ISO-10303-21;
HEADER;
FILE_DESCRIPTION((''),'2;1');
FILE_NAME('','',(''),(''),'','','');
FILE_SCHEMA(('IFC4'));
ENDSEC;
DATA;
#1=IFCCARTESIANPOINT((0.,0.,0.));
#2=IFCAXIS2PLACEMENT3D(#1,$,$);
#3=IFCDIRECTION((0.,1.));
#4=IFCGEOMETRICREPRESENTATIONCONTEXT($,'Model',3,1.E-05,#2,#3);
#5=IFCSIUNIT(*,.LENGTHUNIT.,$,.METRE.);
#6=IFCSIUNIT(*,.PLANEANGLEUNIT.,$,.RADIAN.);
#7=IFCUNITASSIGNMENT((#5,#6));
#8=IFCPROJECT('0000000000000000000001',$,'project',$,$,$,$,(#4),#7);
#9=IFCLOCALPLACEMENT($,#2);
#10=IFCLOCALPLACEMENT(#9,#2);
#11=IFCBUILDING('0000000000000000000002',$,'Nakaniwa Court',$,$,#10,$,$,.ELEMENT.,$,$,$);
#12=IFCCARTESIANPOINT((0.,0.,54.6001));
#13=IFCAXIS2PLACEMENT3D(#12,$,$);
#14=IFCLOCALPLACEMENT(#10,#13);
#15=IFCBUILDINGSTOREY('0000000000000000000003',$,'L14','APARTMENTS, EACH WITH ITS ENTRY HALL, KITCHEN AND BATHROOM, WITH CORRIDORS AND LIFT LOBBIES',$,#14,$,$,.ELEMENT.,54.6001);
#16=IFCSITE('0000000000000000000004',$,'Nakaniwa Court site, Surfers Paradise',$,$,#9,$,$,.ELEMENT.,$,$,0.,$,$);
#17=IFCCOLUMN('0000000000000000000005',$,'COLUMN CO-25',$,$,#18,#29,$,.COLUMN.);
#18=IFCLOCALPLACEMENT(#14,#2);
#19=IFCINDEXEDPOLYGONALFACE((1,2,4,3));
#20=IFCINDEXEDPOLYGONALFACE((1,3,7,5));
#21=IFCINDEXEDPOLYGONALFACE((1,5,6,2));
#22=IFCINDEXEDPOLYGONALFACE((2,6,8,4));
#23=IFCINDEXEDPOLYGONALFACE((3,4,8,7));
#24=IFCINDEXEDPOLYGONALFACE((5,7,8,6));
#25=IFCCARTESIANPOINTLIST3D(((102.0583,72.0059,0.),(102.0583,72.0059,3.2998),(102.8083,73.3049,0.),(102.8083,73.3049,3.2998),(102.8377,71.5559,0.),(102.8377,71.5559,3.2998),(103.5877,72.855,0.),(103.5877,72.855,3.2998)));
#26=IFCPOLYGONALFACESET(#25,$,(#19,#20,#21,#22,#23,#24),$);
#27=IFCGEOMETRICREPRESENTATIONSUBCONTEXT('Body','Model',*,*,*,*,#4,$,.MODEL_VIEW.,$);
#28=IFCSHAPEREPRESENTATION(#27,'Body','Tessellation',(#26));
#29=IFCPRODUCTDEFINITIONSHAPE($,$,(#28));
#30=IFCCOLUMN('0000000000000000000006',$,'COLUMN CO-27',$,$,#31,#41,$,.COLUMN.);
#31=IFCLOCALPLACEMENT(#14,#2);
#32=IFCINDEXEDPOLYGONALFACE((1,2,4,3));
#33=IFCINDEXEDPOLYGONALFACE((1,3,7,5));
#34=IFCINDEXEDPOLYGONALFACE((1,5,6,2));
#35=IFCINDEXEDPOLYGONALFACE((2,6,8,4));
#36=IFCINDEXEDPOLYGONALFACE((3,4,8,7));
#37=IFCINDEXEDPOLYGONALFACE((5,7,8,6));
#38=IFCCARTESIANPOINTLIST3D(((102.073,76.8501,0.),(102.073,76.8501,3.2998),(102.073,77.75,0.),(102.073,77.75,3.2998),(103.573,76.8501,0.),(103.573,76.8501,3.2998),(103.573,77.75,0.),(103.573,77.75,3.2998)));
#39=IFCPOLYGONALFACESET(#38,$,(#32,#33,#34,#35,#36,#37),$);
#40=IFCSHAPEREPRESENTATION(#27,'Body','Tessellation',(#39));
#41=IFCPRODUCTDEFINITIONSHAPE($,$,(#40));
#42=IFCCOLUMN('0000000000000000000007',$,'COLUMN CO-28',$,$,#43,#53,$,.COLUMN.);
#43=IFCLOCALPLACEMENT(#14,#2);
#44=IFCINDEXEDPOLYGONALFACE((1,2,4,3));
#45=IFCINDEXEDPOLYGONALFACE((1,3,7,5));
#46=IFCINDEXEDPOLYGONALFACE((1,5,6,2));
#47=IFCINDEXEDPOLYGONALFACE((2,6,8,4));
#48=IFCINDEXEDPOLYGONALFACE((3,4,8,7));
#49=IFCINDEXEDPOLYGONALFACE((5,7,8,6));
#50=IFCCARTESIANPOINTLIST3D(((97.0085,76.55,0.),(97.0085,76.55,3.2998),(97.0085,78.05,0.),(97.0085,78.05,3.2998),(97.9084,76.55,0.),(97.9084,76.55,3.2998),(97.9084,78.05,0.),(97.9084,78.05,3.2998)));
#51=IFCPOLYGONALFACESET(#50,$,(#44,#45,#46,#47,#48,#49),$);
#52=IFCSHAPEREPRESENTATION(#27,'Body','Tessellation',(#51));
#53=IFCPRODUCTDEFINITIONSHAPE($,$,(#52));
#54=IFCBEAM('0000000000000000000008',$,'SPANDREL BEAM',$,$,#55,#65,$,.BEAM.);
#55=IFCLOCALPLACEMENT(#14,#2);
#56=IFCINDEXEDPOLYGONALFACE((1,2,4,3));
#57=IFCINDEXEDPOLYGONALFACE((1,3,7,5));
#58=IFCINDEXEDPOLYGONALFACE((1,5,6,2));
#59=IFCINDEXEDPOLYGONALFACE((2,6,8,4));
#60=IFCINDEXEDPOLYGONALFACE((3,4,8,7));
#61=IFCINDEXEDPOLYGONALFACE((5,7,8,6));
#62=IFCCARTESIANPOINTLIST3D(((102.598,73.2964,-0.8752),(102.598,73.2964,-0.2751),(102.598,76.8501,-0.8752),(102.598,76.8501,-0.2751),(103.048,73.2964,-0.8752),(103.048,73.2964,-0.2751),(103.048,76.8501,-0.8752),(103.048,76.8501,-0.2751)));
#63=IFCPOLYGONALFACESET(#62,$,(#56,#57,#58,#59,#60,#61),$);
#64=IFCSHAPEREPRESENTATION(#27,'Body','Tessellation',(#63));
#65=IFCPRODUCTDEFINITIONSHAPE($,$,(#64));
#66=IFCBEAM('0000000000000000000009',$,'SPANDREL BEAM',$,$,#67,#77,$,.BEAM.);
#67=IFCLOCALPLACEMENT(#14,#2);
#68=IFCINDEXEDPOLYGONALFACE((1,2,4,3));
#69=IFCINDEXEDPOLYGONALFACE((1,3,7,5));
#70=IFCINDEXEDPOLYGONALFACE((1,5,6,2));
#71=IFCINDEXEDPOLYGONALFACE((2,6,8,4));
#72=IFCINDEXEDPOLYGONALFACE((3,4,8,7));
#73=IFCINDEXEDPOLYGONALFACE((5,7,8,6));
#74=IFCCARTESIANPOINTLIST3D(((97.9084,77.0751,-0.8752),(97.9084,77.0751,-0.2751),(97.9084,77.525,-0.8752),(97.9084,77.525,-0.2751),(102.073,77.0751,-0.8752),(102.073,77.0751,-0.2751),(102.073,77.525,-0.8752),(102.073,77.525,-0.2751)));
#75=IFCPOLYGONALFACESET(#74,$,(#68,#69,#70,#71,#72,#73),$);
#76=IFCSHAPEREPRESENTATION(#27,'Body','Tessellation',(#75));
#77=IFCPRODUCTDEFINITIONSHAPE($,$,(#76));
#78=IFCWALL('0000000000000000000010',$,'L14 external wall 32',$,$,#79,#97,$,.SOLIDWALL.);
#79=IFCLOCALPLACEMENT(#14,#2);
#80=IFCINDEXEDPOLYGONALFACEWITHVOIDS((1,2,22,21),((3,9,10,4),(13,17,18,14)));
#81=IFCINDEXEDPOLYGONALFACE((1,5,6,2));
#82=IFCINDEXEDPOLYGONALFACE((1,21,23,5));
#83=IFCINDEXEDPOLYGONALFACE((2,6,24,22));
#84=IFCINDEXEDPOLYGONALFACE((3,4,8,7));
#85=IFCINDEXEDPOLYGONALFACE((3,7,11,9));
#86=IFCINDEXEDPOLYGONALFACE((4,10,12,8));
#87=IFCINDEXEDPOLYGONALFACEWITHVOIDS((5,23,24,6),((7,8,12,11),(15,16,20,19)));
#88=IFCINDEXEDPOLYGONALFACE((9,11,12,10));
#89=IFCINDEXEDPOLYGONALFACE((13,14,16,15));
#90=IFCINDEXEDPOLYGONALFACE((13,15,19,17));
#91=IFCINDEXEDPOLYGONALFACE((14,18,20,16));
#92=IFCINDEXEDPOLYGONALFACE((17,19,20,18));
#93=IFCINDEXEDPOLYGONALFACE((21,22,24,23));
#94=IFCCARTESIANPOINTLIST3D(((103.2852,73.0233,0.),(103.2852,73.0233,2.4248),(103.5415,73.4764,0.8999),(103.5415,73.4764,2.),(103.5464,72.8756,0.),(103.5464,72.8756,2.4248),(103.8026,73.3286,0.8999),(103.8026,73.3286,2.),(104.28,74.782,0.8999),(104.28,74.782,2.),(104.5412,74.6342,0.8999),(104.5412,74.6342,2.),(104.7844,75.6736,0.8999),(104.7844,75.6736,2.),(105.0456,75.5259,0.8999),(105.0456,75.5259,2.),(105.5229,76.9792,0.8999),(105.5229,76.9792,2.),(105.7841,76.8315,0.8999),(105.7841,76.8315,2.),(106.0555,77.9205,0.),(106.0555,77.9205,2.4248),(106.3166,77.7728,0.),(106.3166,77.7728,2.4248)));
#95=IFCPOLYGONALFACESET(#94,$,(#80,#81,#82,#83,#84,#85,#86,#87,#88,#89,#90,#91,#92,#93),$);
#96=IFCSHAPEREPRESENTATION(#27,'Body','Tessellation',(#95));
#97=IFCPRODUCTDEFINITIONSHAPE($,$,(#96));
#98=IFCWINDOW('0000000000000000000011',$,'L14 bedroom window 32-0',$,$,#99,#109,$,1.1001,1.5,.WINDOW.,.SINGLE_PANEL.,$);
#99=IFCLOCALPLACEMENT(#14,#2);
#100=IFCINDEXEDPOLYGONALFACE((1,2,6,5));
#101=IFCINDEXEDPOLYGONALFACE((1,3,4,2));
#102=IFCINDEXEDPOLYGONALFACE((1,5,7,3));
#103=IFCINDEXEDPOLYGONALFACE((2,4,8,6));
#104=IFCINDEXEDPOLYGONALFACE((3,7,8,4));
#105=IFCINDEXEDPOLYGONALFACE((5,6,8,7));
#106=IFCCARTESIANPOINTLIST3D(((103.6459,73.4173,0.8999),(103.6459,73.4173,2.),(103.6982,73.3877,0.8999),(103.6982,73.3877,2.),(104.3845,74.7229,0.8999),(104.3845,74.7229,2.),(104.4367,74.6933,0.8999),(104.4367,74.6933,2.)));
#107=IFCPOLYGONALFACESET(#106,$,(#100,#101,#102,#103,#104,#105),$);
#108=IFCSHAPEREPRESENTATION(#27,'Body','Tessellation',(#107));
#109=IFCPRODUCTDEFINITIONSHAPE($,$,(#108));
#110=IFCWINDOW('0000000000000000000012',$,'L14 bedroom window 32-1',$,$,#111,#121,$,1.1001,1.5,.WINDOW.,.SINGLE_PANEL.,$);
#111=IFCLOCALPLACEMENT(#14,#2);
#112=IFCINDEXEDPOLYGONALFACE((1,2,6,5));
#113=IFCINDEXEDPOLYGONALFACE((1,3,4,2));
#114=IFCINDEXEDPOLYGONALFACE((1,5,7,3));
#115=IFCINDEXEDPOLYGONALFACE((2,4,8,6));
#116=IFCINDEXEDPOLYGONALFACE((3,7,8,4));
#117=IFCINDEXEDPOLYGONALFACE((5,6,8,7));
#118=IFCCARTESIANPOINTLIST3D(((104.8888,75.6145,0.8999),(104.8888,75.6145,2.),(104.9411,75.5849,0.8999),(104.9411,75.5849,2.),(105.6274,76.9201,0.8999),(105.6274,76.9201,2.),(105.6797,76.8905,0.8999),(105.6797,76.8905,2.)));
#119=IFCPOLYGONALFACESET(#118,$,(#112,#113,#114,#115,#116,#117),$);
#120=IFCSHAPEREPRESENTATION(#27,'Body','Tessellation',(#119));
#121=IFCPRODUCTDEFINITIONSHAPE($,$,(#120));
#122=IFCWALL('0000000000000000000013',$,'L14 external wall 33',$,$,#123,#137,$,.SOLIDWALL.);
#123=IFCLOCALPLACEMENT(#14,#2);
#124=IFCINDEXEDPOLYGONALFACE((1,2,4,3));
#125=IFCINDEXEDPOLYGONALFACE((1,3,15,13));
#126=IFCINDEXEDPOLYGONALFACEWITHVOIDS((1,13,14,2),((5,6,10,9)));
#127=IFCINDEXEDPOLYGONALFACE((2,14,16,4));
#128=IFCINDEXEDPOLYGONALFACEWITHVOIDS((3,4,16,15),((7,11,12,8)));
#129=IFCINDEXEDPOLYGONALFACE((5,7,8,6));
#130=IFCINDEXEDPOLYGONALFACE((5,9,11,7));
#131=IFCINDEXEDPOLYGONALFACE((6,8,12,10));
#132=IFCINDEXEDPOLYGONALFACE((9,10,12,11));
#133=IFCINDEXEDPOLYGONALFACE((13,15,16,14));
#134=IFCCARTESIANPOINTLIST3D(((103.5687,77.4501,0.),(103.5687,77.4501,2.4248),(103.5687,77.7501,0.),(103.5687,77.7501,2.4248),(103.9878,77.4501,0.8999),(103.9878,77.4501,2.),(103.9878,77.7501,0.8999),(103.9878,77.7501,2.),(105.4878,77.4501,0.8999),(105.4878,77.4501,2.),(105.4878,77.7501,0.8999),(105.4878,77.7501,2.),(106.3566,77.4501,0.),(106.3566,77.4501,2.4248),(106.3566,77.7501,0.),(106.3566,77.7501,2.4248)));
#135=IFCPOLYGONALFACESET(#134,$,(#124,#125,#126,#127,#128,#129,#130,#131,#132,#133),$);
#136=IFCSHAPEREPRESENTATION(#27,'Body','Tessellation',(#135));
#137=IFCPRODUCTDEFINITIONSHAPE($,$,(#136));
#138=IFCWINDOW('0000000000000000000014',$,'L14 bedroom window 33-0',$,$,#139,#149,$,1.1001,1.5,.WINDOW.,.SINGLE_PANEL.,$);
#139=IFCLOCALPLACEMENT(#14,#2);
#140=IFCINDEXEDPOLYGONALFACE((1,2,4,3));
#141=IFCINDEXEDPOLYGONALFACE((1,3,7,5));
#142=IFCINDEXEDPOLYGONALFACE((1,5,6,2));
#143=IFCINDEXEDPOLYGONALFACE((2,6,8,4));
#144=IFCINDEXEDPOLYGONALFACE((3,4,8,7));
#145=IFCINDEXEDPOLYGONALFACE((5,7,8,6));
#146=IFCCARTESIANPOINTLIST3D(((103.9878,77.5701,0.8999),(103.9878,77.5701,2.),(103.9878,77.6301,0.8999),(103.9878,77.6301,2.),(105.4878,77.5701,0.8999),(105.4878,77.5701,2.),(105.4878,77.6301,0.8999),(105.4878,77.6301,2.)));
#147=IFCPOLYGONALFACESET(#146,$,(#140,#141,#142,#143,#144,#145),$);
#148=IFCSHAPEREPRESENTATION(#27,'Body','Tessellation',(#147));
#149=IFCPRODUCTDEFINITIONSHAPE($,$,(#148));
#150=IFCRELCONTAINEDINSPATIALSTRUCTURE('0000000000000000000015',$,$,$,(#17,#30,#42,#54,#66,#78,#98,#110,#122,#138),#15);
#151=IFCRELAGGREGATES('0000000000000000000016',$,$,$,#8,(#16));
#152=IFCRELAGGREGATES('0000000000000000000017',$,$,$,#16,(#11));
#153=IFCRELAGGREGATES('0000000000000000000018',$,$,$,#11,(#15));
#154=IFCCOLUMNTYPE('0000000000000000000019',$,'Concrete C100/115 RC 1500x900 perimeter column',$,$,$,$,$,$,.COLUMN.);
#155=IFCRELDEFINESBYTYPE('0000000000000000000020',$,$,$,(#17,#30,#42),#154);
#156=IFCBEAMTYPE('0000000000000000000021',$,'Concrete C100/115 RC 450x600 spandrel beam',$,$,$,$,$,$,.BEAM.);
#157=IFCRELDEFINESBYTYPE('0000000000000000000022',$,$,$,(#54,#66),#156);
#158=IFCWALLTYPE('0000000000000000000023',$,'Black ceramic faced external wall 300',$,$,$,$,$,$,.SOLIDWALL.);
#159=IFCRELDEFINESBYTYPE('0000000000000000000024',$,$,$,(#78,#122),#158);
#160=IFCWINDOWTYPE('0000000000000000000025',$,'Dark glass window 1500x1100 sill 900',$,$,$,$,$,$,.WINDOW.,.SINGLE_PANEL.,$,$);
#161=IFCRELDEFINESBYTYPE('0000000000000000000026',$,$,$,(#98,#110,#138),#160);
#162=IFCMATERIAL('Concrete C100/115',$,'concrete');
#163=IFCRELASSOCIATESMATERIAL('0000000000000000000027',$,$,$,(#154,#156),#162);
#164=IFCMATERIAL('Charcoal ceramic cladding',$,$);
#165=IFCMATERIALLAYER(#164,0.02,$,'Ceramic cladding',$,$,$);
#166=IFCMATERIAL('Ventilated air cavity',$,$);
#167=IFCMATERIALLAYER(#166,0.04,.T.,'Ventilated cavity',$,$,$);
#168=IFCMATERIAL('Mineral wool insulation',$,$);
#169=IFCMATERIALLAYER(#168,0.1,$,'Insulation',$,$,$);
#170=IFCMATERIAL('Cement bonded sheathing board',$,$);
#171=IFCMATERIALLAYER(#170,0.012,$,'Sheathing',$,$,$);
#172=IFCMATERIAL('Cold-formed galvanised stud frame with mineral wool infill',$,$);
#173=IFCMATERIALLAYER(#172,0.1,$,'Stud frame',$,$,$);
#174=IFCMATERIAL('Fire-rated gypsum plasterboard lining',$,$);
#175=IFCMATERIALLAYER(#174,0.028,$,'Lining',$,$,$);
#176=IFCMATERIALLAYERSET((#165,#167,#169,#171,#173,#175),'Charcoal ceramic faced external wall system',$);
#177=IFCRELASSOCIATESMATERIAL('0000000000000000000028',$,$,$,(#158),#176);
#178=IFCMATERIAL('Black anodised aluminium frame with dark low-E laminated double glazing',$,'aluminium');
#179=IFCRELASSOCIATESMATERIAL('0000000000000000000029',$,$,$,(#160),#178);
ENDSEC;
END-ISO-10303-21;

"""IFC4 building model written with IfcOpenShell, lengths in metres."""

from ifc_helpers import new_model, si_unit, direction, frame, frame_2d, origin, origin_2d, place, context, subcontext, project, spatial, rectangle, extrude, material, layer, layer_set, material_profile, profile_set, type_object, element, fill, save


model = new_model("IFC4")

# Units and contexts
model_context = context("Model", 3, precision=1e-05, world=origin(), true_north=direction((0.0, 1.0)))
body_context = subcontext(model_context, "Body", "Model", "MODEL_VIEW")
ifc_project = project(units=[si_unit("LENGTHUNIT", "METRE"), si_unit("PLANEANGLEUNIT", "RADIAN")], contexts=[model_context])

# Site, building, storey
site_placement = place(None, origin())
site = spatial("IfcSite", under=ifc_project, at=site_placement, Name="Nakaniwa Court site, Surfers Paradise", CompositionType="ELEMENT", RefElevation=0.0)
building_placement = place(site_placement, origin())
building = spatial("IfcBuilding", under=site, at=building_placement, Name="Nakaniwa Court", CompositionType="ELEMENT")
storey_placement = place(building_placement, frame((0.0, 0.0, 54.6001)))
storey = spatial("IfcBuildingStorey", under=building, at=storey_placement, Name="L14", Description="APARTMENTS, EACH WITH ITS ENTRY HALL, KITCHEN AND BATHROOM, WITH CORRIDORS AND LIFT LOBBIES", CompositionType="ELEMENT", Elevation=54.6001)

# Columns
ifc_material_1 = material(Name="Concrete C100/115", Category="concrete")
ifc_material_profile_1 = material_profile(ifc_material_1, rectangle(XDim=1.5, YDim=0.8999, at=origin_2d()), Name="Concrete C100/115 RC 1500x900 perimeter column")
ifc_profile_set_1 = profile_set([ifc_material_profile_1], Name="Concrete C100/115")
column_type = type_object("IfcColumnType", Name="Concrete C100/115 RC 1500x900 perimeter column", PredefinedType="COLUMN", material=ifc_profile_set_1)
for number, where, z_axis, x_axis, name in (
    (1, (102.823, 72.4304, 0.0), (0.0, 0.0, 1.0), (0.5, 0.866025, 0.0), "COLUMN CO-25"),
    (2, (102.823, 77.3, 0.0), (0.0, 0.0, 1.0), (-1.0, 0.0, 0.0), "COLUMN CO-27"),
    (3, (97.4585, 77.3, 0.0), (0.0, 0.0, 1.0), (0.0, 1.0, 0.0), "COLUMN CO-28"),
):
    element("IfcColumn", number, at=place(storey_placement, frame(where, z_axis=z_axis, x_axis=x_axis)), inside=storey, type_object=column_type, Name=name, PredefinedType="COLUMN", context=body_context, shape_type="SweptSolid", body=[
        extrude(rectangle(XDim=1.5, YDim=0.8999, at=origin_2d()), origin(), (0.0, 0.0, 1.0), 3.2998),
    ])

# Beams
ifc_material_profile_2 = material_profile(ifc_material_1, rectangle(XDim=0.45, YDim=0.6001, at=origin_2d()), Name="Concrete C100/115 RC 450x600 spandrel beam")
ifc_profile_set_2 = profile_set([ifc_material_profile_2], Name="Concrete C100/115")
beam_type = type_object("IfcBeamType", Name="Concrete C100/115 RC 450x600 spandrel beam", PredefinedType="BEAM", material=ifc_profile_set_2)
beam_1_placement = place(storey_placement, frame((102.823, 73.2964, -0.5752), z_axis=(0.0, 1.0, 0.0), x_axis=(-1.0, 0.0, 0.0)))
element("IfcBeam", 4, at=beam_1_placement, inside=storey, type_object=beam_type, Name="SPANDREL BEAM", PredefinedType="BEAM", context=body_context, shape_type="SweptSolid", body=[
    extrude(rectangle(XDim=0.45, YDim=0.6001, at=origin_2d()), origin(), (0.0, 0.0, 1.0), 3.5537),
])
beam_2_placement = place(storey_placement, frame((102.073, 77.3, -0.5752), z_axis=(-1.0, 0.0, 0.0), x_axis=(0.0, -1.0, 0.0)))
element("IfcBeam", 5, at=beam_2_placement, inside=storey, type_object=beam_type, Name="SPANDREL BEAM", PredefinedType="BEAM", context=body_context, shape_type="SweptSolid", body=[
    extrude(rectangle(XDim=0.45, YDim=0.6001, at=origin_2d()), origin(), (0.0, 0.0, 1.0), 4.1646),
])

# Wall, openings, windows
ifc_material_2 = material(Name="Charcoal ceramic cladding")
ifc_layer_1 = layer(ifc_material_2, 0.02, Name="Ceramic cladding")
ifc_material_3 = material(Name="Ventilated air cavity")
ifc_layer_2 = layer(ifc_material_3, 0.04, ventilated=True, Name="Ventilated cavity")
ifc_material_4 = material(Name="Mineral wool insulation")
ifc_layer_3 = layer(ifc_material_4, 0.1, Name="Insulation")
ifc_material_5 = material(Name="Cement bonded sheathing board")
ifc_layer_4 = layer(ifc_material_5, 0.012, Name="Sheathing")
ifc_material_6 = material(Name="Cold-formed galvanised stud frame with mineral wool infill")
ifc_layer_5 = layer(ifc_material_6, 0.1, Name="Stud frame")
ifc_material_7 = material(Name="Fire-rated gypsum plasterboard lining")
ifc_layer_6 = layer(ifc_material_7, 0.028, Name="Lining")
ifc_layer_set_1 = layer_set([ifc_layer_1, ifc_layer_2, ifc_layer_3, ifc_layer_4, ifc_layer_5, ifc_layer_6], Name="Charcoal ceramic faced external wall system")
wall_type_1 = type_object("IfcWallType", Name="Black ceramic faced external wall 300", PredefinedType="SOLIDWALL", material=ifc_layer_set_1)
wall_1_placement = place(storey_placement, frame((103.4158, 72.9495, 0.0), z_axis=(0.0, 0.0, 1.0), x_axis=(0.492363, 0.87039, 0.0)))
wall_1 = element("IfcWall", 6, at=wall_1_placement, inside=storey, type_object=wall_type_1, Name="L14 external wall 32", PredefinedType="SOLIDWALL", context=body_context, shape_type="SweptSolid", body=[
    extrude(rectangle(XDim=5.6265, YDim=0.3, at=frame_2d((2.8132, 0.0))), origin(), (0.0, 0.0, 1.0), 2.4248),
])
opening_1_placement = place(wall_1_placement, frame((0.5205, 0.0, 0.8999)))
opening_1 = element("IfcOpeningElement", 7, at=opening_1_placement, cuts=wall_1, PredefinedType="OPENING", context=body_context, shape_type="SweptSolid", body=[
    extrude(rectangle(XDim=1.5, YDim=1.1001, at=frame_2d((0.75, 0.55))), frame((0.0, 0.1599, 0.0), z_axis=(0.0, -1.0, 0.0), x_axis=(1.0, 0.0, 0.0)), (0.0, 0.0, 1.0), 0.3201),
])
opening_2_placement = place(wall_1_placement, frame((3.0449, 0.0, 0.8999)))
opening_2 = element("IfcOpeningElement", 8, at=opening_2_placement, cuts=wall_1, PredefinedType="OPENING", context=body_context, shape_type="SweptSolid", body=[
    extrude(rectangle(XDim=1.5, YDim=1.1001, at=frame_2d((0.75, 0.55))), frame((0.0, 0.1599, 0.0), z_axis=(0.0, -1.0, 0.0), x_axis=(1.0, 0.0, 0.0)), (0.0, 0.0, 1.0), 0.3201),
])
ifc_material_8 = material(Name="Black anodised aluminium frame with dark low-E laminated double glazing", Category="aluminium")
window_type = type_object("IfcWindowType", Name="Dark glass window 1500x1100 sill 900", PartitioningType="SINGLE_PANEL", PredefinedType="WINDOW", material=ifc_material_8)
window_1_placement = place(opening_1_placement, origin())
window_1 = element("IfcWindow", 9, at=window_1_placement, inside=storey, type_object=window_type, Name="L14 bedroom window 32-0", OverallHeight=1.1001, OverallWidth=1.5, PartitioningType="SINGLE_PANEL", PredefinedType="WINDOW", context=body_context, shape_type="SweptSolid", body=[
    extrude(rectangle(XDim=1.5, YDim=1.1001, at=frame_2d((0.75, 0.55))), frame((0.0, 0.03, 0.0), z_axis=(0.0, -1.0, 0.0), x_axis=(1.0, 0.0, 0.0)), (0.0, 0.0, 1.0), 0.0601),
])
fill(opening_1, window_1)
window_2_placement = place(opening_2_placement, origin())
window_2 = element("IfcWindow", 10, at=window_2_placement, inside=storey, type_object=window_type, Name="L14 bedroom window 32-1", OverallHeight=1.1001, OverallWidth=1.5, PartitioningType="SINGLE_PANEL", PredefinedType="WINDOW", context=body_context, shape_type="SweptSolid", body=[
    extrude(rectangle(XDim=1.5, YDim=1.1001, at=frame_2d((0.75, 0.55))), frame((0.0, 0.03, 0.0), z_axis=(0.0, -1.0, 0.0), x_axis=(1.0, 0.0, 0.0)), (0.0, 0.0, 1.0), 0.0601),
])
fill(opening_2, window_2)

# Wall, opening, window
wall_2_placement = place(storey_placement, frame((106.3567, 77.6001, 0.0), z_axis=(0.0, 0.0, 1.0), x_axis=(-1.0, 0.0, 0.0)))
wall_2 = element("IfcWall", 11, at=wall_2_placement, inside=storey, type_object=wall_type_1, Name="L14 external wall 33", PredefinedType="SOLIDWALL", context=body_context, shape_type="SweptSolid", body=[
    extrude(rectangle(XDim=2.7878, YDim=0.3, at=frame_2d((1.394, 0.0))), origin(), (0.0, 0.0, 1.0), 2.4248),
])
opening_3_placement = place(wall_2_placement, frame((0.8689, 0.0, 0.8999)))
opening_3 = element("IfcOpeningElement", 12, at=opening_3_placement, cuts=wall_2, PredefinedType="OPENING", context=body_context, shape_type="SweptSolid", body=[
    extrude(rectangle(XDim=1.5, YDim=1.1001, at=frame_2d((0.75, 0.55))), frame((0.0, 0.1599, 0.0), z_axis=(0.0, -1.0, 0.0), x_axis=(1.0, 0.0, 0.0)), (0.0, 0.0, 1.0), 0.3201),
])
window_3_placement = place(opening_3_placement, origin())
window_3 = element("IfcWindow", 13, at=window_3_placement, inside=storey, type_object=window_type, Name="L14 bedroom window 33-0", OverallHeight=1.1001, OverallWidth=1.5, PartitioningType="SINGLE_PANEL", PredefinedType="WINDOW", context=body_context, shape_type="SweptSolid", body=[
    extrude(rectangle(XDim=1.5, YDim=1.1001, at=frame_2d((0.75, 0.55))), frame((0.0, 0.03, 0.0), z_axis=(0.0, -1.0, 0.0), x_axis=(1.0, 0.0, 0.0)), (0.0, 0.0, 1.0), 0.0601),
])
fill(opening_3, window_3)

save(model, "model.ifc")
